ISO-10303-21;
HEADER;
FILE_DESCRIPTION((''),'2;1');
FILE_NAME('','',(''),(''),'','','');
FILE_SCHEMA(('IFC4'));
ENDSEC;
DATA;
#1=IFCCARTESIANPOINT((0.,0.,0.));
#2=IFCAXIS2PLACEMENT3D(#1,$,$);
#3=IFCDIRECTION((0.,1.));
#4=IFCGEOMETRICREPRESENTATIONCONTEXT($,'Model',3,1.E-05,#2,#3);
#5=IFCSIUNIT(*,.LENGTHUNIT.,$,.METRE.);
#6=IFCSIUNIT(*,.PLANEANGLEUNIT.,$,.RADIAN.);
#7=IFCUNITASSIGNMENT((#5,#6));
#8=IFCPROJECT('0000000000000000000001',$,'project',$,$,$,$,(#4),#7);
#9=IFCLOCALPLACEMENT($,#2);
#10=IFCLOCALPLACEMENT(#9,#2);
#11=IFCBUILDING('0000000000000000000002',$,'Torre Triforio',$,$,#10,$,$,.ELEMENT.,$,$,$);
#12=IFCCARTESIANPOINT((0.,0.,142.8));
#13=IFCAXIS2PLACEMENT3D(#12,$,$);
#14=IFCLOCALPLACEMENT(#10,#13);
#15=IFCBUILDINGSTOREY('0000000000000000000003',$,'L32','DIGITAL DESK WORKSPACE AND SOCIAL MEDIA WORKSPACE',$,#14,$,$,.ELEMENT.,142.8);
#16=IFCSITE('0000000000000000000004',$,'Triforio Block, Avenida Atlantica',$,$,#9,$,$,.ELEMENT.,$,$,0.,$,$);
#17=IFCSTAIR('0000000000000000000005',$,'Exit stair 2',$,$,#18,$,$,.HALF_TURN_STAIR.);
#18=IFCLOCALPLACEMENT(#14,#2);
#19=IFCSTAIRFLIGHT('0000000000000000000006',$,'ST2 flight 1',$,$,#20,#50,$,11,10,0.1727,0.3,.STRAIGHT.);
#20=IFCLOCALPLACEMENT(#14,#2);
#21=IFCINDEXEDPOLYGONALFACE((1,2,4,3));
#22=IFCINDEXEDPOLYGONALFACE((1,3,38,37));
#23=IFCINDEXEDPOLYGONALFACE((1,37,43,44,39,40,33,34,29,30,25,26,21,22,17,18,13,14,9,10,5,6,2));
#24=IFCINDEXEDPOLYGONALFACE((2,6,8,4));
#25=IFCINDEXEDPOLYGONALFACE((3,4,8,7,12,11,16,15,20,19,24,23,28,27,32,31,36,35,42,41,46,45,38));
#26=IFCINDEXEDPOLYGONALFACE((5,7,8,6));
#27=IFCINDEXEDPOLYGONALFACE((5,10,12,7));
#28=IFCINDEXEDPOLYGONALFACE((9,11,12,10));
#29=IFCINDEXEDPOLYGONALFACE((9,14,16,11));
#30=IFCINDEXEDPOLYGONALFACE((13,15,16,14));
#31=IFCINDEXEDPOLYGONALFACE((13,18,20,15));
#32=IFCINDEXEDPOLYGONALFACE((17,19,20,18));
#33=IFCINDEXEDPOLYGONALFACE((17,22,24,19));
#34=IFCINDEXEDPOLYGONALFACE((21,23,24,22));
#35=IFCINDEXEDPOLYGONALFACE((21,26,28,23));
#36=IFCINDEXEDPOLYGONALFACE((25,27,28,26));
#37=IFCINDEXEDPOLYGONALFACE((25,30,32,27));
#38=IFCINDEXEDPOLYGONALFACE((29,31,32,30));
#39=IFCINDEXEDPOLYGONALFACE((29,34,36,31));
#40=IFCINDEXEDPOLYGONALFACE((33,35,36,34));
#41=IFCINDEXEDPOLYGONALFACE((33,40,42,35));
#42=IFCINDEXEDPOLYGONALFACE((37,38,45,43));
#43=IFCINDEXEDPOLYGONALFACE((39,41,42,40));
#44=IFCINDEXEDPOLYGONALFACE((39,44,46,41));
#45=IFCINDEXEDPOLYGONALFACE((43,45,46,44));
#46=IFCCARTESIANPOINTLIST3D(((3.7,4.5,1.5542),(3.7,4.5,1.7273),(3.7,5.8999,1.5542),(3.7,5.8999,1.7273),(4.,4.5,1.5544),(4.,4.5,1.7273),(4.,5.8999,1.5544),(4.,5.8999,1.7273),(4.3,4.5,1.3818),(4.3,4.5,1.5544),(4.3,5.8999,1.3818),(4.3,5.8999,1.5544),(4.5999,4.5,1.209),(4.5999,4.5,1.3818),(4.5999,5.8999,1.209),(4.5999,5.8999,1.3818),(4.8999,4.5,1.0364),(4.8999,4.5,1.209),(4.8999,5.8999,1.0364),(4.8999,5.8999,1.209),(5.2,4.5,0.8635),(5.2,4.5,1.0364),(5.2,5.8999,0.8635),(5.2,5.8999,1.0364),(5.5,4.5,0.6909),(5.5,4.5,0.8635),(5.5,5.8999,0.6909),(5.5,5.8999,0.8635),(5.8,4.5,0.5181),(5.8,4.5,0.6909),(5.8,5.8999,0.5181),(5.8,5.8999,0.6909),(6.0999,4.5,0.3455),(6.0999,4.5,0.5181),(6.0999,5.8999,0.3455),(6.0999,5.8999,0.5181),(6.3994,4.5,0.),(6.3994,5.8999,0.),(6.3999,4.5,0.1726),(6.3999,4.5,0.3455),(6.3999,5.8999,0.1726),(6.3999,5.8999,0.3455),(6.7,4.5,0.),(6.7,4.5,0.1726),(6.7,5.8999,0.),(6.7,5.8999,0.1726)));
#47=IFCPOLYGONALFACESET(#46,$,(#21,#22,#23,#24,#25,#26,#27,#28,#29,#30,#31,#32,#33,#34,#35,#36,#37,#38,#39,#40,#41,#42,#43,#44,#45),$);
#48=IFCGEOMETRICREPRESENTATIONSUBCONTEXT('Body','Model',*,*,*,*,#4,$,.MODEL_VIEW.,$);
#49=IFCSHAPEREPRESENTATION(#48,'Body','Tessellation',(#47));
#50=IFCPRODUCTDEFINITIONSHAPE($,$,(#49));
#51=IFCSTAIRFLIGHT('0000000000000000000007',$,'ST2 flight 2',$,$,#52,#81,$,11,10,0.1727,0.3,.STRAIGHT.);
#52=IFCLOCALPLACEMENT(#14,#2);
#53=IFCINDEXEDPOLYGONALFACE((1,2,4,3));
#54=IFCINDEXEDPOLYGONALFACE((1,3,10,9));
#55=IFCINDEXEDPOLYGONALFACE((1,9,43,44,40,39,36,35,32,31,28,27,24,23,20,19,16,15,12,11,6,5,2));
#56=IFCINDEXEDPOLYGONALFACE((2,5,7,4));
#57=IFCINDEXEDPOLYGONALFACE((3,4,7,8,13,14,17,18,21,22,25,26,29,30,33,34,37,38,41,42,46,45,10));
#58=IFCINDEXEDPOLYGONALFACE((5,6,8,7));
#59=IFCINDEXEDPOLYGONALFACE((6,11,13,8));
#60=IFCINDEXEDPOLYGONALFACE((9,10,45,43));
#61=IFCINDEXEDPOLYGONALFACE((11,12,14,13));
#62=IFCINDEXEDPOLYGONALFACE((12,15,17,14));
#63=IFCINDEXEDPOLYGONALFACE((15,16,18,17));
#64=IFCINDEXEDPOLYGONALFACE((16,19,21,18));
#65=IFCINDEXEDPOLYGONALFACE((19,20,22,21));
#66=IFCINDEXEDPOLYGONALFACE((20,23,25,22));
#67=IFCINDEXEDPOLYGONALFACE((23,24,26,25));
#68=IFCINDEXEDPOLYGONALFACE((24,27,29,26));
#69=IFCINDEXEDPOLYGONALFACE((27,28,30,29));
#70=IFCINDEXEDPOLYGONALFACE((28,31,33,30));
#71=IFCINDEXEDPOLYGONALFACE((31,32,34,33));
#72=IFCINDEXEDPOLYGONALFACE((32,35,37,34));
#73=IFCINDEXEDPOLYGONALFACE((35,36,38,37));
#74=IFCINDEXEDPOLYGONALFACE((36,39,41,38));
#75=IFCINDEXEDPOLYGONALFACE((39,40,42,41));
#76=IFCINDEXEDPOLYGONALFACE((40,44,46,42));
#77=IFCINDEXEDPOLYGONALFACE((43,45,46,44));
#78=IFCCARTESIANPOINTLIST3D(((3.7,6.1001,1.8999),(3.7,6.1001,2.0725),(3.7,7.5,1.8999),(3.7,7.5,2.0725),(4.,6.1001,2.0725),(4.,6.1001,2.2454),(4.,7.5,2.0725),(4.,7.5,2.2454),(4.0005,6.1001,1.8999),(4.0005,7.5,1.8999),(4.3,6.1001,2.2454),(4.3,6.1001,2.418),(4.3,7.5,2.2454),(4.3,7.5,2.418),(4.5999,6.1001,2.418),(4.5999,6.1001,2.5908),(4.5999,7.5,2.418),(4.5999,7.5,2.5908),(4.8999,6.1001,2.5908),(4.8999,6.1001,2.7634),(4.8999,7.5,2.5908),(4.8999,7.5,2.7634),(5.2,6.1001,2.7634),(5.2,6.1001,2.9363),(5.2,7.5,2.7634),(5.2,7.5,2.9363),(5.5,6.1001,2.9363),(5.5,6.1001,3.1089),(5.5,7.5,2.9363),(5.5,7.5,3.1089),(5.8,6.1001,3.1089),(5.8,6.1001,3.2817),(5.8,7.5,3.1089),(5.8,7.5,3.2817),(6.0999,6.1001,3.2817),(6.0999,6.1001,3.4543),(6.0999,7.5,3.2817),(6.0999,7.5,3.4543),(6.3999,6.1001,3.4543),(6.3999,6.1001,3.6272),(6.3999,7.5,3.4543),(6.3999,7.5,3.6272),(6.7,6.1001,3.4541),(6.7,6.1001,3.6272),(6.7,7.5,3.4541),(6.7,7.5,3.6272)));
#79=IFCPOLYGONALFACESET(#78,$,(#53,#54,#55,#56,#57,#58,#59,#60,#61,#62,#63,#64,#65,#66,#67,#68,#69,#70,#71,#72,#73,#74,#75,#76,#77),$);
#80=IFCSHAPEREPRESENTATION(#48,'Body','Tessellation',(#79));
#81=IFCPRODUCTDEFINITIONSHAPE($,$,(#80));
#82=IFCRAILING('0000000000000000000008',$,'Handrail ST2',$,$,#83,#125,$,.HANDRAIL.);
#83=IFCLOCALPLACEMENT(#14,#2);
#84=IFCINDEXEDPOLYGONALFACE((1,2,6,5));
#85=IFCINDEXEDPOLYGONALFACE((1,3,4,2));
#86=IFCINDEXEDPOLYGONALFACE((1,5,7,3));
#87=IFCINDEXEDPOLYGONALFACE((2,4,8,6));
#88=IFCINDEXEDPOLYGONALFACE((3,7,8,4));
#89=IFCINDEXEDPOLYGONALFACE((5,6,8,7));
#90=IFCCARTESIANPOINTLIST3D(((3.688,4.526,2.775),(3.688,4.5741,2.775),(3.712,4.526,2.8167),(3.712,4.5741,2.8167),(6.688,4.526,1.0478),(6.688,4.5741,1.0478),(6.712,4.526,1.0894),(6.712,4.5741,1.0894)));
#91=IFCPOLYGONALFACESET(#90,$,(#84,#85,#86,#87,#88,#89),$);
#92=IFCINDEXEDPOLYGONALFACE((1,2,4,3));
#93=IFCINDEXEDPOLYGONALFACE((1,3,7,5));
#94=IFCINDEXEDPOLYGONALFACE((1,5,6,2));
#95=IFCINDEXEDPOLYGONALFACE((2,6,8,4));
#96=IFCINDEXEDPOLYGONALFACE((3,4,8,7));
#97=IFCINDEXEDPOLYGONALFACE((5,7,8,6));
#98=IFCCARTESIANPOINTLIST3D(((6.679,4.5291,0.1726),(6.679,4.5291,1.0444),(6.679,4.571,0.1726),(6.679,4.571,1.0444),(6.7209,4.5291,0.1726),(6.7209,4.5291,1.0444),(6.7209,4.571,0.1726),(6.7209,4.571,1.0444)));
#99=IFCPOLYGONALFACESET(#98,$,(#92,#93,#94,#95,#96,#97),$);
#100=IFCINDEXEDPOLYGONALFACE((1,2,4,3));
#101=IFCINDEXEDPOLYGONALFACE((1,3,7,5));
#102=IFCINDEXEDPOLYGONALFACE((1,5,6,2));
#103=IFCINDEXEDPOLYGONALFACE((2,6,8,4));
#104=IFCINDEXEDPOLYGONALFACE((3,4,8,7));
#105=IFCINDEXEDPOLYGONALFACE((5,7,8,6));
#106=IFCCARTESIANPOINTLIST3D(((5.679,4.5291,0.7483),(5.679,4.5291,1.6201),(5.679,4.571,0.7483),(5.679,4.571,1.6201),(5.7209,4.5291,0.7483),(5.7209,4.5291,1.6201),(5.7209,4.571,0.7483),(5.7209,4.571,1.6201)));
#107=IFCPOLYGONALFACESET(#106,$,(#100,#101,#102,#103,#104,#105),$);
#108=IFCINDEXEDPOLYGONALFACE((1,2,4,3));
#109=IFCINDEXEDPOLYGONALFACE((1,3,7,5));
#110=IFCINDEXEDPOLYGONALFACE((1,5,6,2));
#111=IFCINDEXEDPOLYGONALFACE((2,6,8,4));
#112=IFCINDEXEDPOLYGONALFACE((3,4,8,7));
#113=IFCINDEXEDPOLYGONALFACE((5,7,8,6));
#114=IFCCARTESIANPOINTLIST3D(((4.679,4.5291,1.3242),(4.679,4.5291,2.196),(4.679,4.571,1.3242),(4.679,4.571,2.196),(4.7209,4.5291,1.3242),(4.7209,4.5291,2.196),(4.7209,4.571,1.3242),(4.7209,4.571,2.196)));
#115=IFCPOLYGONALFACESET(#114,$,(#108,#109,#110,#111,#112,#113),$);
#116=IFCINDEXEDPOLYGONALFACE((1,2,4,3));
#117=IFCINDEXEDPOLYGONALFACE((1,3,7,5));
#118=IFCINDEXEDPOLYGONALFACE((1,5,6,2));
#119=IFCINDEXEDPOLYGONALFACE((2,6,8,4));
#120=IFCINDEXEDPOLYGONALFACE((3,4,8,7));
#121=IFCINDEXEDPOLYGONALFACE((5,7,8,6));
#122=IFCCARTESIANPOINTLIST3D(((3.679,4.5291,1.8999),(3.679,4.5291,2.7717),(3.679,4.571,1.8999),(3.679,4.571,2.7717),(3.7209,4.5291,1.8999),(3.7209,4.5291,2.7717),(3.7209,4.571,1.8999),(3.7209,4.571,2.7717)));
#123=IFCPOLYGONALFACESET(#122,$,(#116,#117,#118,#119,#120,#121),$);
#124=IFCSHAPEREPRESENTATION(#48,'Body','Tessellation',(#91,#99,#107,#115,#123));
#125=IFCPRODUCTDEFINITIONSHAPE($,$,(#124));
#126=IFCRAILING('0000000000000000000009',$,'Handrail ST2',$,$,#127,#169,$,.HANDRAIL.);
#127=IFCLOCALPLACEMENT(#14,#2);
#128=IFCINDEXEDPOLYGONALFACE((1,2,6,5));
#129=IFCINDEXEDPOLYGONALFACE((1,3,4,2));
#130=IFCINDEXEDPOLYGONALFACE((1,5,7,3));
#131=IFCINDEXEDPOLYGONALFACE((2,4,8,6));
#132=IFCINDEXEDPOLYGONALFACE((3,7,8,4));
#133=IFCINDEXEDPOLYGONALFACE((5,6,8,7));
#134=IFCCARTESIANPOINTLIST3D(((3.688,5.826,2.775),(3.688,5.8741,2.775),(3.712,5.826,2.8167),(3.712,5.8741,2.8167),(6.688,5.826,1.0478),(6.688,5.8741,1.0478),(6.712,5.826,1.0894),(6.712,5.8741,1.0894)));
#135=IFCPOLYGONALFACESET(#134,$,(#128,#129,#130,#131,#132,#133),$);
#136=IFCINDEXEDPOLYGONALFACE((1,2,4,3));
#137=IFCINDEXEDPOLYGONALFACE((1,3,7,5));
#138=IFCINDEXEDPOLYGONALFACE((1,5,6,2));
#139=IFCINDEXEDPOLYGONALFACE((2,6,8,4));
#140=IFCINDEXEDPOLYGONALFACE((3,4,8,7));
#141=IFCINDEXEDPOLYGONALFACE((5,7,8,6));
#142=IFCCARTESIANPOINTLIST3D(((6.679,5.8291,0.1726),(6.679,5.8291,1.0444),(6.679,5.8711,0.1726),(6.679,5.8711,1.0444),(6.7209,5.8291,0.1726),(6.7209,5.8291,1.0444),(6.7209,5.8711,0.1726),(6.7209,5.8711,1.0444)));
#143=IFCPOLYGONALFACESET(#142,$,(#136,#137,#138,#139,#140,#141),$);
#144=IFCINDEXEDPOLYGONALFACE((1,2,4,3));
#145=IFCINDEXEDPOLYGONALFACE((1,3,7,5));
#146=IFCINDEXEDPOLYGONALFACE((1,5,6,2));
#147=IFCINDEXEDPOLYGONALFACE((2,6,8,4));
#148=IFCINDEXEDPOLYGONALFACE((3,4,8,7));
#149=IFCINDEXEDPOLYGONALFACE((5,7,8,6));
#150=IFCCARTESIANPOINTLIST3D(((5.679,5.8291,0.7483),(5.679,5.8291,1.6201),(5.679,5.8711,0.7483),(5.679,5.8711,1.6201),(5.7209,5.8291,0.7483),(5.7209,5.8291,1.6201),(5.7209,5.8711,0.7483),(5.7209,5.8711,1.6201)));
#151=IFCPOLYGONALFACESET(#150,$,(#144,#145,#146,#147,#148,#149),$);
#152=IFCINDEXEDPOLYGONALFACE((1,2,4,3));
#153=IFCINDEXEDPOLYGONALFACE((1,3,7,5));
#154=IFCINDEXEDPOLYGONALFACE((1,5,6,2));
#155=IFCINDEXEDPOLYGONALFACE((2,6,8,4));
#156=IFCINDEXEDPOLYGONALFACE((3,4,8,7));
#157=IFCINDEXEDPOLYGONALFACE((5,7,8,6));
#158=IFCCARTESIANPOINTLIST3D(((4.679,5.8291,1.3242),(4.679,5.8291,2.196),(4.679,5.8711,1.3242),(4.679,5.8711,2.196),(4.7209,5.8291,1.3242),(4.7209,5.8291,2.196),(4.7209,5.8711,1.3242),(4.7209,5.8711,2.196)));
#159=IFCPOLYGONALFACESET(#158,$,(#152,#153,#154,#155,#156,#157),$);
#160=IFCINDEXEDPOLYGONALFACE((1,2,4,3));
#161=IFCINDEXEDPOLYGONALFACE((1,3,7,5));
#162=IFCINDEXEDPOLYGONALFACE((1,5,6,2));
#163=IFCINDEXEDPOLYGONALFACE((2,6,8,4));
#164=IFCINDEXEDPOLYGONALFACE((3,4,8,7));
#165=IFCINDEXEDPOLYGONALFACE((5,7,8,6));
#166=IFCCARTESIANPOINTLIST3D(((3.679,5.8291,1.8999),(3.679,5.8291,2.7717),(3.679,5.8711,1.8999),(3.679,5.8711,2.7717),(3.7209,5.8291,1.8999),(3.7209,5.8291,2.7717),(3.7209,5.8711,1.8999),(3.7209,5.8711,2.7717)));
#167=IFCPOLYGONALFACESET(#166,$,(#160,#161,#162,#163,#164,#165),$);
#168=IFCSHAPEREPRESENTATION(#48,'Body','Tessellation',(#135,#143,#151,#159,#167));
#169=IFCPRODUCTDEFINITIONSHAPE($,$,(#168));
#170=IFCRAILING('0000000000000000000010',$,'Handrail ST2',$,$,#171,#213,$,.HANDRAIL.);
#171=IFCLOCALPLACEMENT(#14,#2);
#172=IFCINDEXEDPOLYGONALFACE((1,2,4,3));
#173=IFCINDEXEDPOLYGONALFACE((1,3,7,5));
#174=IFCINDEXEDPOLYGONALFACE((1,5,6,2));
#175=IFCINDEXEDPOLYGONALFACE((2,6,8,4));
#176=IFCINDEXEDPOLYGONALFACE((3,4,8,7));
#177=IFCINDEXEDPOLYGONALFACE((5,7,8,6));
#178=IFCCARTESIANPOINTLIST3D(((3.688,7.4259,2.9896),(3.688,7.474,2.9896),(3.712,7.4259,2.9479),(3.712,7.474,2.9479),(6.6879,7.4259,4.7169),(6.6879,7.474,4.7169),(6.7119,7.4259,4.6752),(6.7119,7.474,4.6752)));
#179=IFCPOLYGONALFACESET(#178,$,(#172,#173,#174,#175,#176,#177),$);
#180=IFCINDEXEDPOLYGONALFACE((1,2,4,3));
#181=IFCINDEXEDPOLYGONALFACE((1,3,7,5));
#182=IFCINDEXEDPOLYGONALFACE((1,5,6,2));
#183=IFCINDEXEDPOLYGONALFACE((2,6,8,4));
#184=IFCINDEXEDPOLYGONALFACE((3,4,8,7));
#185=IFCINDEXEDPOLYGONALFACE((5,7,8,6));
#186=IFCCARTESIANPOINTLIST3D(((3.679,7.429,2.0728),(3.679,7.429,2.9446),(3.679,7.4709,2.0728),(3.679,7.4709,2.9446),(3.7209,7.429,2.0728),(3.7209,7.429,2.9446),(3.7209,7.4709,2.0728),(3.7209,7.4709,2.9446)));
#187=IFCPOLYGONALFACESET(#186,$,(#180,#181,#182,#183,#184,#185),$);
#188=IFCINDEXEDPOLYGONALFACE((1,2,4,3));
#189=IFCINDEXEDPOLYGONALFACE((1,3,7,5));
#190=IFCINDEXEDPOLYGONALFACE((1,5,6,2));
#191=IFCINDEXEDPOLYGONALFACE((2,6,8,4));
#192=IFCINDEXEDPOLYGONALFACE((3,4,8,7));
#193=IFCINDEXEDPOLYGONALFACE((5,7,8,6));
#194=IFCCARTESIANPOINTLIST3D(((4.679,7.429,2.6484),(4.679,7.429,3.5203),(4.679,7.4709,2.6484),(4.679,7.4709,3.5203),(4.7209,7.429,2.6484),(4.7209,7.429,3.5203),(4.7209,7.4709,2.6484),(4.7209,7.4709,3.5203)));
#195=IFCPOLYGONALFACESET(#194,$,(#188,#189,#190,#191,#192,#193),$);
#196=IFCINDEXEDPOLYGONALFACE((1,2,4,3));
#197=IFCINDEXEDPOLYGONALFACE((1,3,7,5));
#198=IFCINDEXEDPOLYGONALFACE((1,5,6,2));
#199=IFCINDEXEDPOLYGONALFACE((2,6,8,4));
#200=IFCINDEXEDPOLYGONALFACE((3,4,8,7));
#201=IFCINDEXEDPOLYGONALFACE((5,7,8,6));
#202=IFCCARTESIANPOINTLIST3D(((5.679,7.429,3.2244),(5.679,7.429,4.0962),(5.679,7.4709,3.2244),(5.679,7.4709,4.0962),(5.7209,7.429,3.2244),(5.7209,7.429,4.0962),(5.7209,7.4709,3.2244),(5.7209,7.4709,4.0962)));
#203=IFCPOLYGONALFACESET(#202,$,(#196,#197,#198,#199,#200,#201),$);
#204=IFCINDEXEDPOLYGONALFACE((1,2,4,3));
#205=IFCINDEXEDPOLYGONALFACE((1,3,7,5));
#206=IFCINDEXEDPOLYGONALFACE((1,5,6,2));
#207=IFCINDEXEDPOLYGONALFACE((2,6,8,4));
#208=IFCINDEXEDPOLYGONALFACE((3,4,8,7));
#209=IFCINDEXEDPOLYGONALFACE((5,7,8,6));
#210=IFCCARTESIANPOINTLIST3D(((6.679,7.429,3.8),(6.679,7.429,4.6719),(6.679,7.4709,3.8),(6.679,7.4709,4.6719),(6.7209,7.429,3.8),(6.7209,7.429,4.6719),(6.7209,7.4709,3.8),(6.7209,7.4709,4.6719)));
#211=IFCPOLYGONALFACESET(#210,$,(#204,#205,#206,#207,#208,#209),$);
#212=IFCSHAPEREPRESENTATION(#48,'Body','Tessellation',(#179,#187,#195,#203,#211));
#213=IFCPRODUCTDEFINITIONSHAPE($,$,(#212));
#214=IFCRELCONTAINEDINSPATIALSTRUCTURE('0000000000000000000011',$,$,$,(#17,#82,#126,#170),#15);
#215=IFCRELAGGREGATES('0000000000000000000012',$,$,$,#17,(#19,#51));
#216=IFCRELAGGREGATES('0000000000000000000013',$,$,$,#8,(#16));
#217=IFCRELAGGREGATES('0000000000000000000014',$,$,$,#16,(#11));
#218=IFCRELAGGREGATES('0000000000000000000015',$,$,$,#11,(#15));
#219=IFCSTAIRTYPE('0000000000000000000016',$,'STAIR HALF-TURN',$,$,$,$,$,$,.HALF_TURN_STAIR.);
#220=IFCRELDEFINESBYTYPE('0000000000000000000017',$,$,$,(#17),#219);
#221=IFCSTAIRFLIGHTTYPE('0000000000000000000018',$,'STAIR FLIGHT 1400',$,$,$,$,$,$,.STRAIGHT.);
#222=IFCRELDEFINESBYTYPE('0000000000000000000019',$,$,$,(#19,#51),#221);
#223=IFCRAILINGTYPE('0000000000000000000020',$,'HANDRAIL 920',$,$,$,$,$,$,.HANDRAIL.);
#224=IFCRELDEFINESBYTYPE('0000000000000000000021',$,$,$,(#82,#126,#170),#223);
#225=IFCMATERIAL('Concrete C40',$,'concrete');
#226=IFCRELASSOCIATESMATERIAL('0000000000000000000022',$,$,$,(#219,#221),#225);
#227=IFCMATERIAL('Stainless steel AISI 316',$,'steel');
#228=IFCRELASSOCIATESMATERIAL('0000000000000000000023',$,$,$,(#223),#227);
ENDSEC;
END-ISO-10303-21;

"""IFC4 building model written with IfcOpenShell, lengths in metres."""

from ifc_helpers import new_model, si_unit, direction, frame, origin, origin_2d, place, context, subcontext, project, spatial, polyline, rectangle, outline, extrude, material, type_object, element, aggregate, save


model = new_model("IFC4")

# Units and contexts
model_context = context("Model", 3, precision=1e-05, world=origin(), true_north=direction((0.0, 1.0)))
body_context = subcontext(model_context, "Body", "Model", "MODEL_VIEW")
ifc_project = project(units=[si_unit("LENGTHUNIT", "METRE"), si_unit("PLANEANGLEUNIT", "RADIAN")], contexts=[model_context])

# Site, building, storey
site_placement = place(None, origin())
site = spatial("IfcSite", under=ifc_project, at=site_placement, Name="Triforio Block, Avenida Atlantica", CompositionType="ELEMENT", RefElevation=0.0)
building_placement = place(site_placement, origin())
building = spatial("IfcBuilding", under=site, at=building_placement, Name="Torre Triforio", CompositionType="ELEMENT")
storey_placement = place(building_placement, frame((0.0, 0.0, 142.8)))
storey = spatial("IfcBuildingStorey", under=building, at=storey_placement, Name="L32", Description="DIGITAL DESK WORKSPACE AND SOCIAL MEDIA WORKSPACE", CompositionType="ELEMENT", Elevation=142.8)

# Stair, stair flights
ifc_material_1 = material(Name="Concrete C40", Category="concrete")
stair_type = type_object("IfcStairType", Name="STAIR HALF-TURN", PredefinedType="HALF_TURN_STAIR", material=ifc_material_1)
stair_placement = place(storey_placement, origin())
stair = element("IfcStair", 1, at=stair_placement, inside=storey, type_object=stair_type, Name="Exit stair 2", PredefinedType="HALF_TURN_STAIR")
stair_flight_type = type_object("IfcStairFlightType", Name="STAIR FLIGHT 1400", PredefinedType="STRAIGHT", material=ifc_material_1)
stair_flight_1_placement = place(storey_placement, frame((6.7, 5.2, 0.0), z_axis=(0.0, 0.0, 1.0), x_axis=(-1.0, 0.0, 0.0)))
stair_flight_1 = element("IfcStairFlight", 2, at=stair_flight_1_placement, type_object=stair_flight_type, Name="ST2 flight 1", NumberOfRisers=11, NumberOfTreads=10, PredefinedType="STRAIGHT", RiserHeight=0.1727, TreadLength=0.3, context=body_context, shape_type="SweptSolid", body=[
    extrude(outline(polyline([(0.0, 0.0), (0.0, 0.1726), (0.3, 0.1726), (0.3, 0.3455), (0.6001, 0.3455), (0.6001, 0.5181), (0.8999, 0.5181), (0.8999, 0.6909), (1.2, 0.6909), (1.2, 0.8635), (1.5, 0.8635), (1.5, 1.0364), (1.8, 1.0364), (1.8, 1.209), (2.1001, 1.209), (2.1001, 1.3818), (2.3999, 1.3818), (2.3999, 1.5544), (2.7, 1.5544), (2.7, 1.7273), (3.0, 1.7273), (3.0, 1.8999), (3.0, 1.5542), (0.3005, 0.0), (0.0, 0.0)])), frame((0.0, 0.7, 0.0), z_axis=(0.0, -1.0, 0.0), x_axis=(1.0, 0.0, 0.0)), (0.0, 0.0, 1.0), 1.3999),
])
stair_flight_2_placement = place(storey_placement, frame((3.7, 6.8, 1.8999), z_axis=(0.0, 0.0, 1.0), x_axis=(1.0, 0.0, 0.0)))
stair_flight_2 = element("IfcStairFlight", 3, at=stair_flight_2_placement, type_object=stair_flight_type, Name="ST2 flight 2", NumberOfRisers=11, NumberOfTreads=10, PredefinedType="STRAIGHT", RiserHeight=0.1727, TreadLength=0.3, context=body_context, shape_type="SweptSolid", body=[
    extrude(outline(polyline([(0.0, 0.0), (0.0, 0.1726), (0.3, 0.1726), (0.3, 0.3455), (0.6001, 0.3455), (0.6001, 0.5181), (0.8999, 0.5181), (0.8999, 0.6909), (1.2, 0.6909), (1.2, 0.8635), (1.5, 0.8635), (1.5, 1.0364), (1.8, 1.0364), (1.8, 1.209), (2.1001, 1.209), (2.1001, 1.3818), (2.3999, 1.3818), (2.3999, 1.5544), (2.7, 1.5544), (2.7, 1.7273), (3.0, 1.7273), (3.0, 1.8999), (3.0, 1.5542), (0.3005, 0.0), (0.0, 0.0)])), frame((0.0, 0.7, 0.0), z_axis=(0.0, -1.0, 0.0), x_axis=(1.0, 0.0, 0.0)), (0.0, 0.0, 1.0), 1.3999),
])
aggregate(stair, [stair_flight_1, stair_flight_2])

# Railings
ifc_material_2 = material(Name="Stainless steel AISI 316", Category="steel")
railing_type = type_object("IfcRailingType", Name="HANDRAIL 920", PredefinedType="HANDRAIL", material=ifc_material_2)
for number, where, name in (
    (4, (6.7, 4.55, 0.1726), "Handrail ST2"),
    (5, (6.7, 5.8501, 0.1726), "Handrail ST2"),
):
    element("IfcRailing", number, at=place(storey_placement, frame(where)), inside=storey, type_object=railing_type, Name=name, PredefinedType="HANDRAIL", context=body_context, shape_type="SweptSolid", body=[
        extrude(rectangle(XDim=0.0481, YDim=0.0481, at=origin_2d()), frame((0.0, 0.0, 0.896), z_axis=(-0.86662, 0.0, 0.498969), x_axis=(0.0, -1.0, 0.0)), (0.0, 0.0, 1.0), 3.4617),
        extrude(rectangle(XDim=0.042, YDim=0.042, at=origin_2d()), origin(), (0.0, 0.0, 1.0), 0.8718),
        extrude(rectangle(XDim=0.042, YDim=0.042, at=origin_2d()), frame((-1.0, 0.0, 0.5757)), (0.0, 0.0, 1.0), 0.8718),
        extrude(rectangle(XDim=0.042, YDim=0.042, at=origin_2d()), frame((-2.0, 0.0, 1.1516)), (0.0, 0.0, 1.0), 0.8718),
        extrude(rectangle(XDim=0.042, YDim=0.042, at=origin_2d()), frame((-3.0, 0.0, 1.7273)), (0.0, 0.0, 1.0), 0.8718),
    ])
for number, where, name in (
    (6, (3.7, 7.45, 2.0728), "Handrail ST2"),
):
    element("IfcRailing", number, at=place(storey_placement, frame(where)), inside=storey, type_object=railing_type, Name=name, PredefinedType="HANDRAIL", context=body_context, shape_type="SweptSolid", body=[
        extrude(rectangle(XDim=0.0481, YDim=0.0481, at=origin_2d()), frame((0.0, 0.0, 0.896), z_axis=(0.86662, 0.0, 0.498969), x_axis=(0.0, 1.0, 0.0)), (0.0, 0.0, 1.0), 3.4617),
        extrude(rectangle(XDim=0.042, YDim=0.042, at=origin_2d()), origin(), (0.0, 0.0, 1.0), 0.8718),
        extrude(rectangle(XDim=0.042, YDim=0.042, at=origin_2d()), frame((1.0, 0.0, 0.5757)), (0.0, 0.0, 1.0), 0.8718),
        extrude(rectangle(XDim=0.042, YDim=0.042, at=origin_2d()), frame((2.0, 0.0, 1.1516)), (0.0, 0.0, 1.0), 0.8718),
        extrude(rectangle(XDim=0.042, YDim=0.042, at=origin_2d()), frame((3.0, 0.0, 1.7273)), (0.0, 0.0, 1.0), 0.8718),
    ])

save(model, "model.ifc")
